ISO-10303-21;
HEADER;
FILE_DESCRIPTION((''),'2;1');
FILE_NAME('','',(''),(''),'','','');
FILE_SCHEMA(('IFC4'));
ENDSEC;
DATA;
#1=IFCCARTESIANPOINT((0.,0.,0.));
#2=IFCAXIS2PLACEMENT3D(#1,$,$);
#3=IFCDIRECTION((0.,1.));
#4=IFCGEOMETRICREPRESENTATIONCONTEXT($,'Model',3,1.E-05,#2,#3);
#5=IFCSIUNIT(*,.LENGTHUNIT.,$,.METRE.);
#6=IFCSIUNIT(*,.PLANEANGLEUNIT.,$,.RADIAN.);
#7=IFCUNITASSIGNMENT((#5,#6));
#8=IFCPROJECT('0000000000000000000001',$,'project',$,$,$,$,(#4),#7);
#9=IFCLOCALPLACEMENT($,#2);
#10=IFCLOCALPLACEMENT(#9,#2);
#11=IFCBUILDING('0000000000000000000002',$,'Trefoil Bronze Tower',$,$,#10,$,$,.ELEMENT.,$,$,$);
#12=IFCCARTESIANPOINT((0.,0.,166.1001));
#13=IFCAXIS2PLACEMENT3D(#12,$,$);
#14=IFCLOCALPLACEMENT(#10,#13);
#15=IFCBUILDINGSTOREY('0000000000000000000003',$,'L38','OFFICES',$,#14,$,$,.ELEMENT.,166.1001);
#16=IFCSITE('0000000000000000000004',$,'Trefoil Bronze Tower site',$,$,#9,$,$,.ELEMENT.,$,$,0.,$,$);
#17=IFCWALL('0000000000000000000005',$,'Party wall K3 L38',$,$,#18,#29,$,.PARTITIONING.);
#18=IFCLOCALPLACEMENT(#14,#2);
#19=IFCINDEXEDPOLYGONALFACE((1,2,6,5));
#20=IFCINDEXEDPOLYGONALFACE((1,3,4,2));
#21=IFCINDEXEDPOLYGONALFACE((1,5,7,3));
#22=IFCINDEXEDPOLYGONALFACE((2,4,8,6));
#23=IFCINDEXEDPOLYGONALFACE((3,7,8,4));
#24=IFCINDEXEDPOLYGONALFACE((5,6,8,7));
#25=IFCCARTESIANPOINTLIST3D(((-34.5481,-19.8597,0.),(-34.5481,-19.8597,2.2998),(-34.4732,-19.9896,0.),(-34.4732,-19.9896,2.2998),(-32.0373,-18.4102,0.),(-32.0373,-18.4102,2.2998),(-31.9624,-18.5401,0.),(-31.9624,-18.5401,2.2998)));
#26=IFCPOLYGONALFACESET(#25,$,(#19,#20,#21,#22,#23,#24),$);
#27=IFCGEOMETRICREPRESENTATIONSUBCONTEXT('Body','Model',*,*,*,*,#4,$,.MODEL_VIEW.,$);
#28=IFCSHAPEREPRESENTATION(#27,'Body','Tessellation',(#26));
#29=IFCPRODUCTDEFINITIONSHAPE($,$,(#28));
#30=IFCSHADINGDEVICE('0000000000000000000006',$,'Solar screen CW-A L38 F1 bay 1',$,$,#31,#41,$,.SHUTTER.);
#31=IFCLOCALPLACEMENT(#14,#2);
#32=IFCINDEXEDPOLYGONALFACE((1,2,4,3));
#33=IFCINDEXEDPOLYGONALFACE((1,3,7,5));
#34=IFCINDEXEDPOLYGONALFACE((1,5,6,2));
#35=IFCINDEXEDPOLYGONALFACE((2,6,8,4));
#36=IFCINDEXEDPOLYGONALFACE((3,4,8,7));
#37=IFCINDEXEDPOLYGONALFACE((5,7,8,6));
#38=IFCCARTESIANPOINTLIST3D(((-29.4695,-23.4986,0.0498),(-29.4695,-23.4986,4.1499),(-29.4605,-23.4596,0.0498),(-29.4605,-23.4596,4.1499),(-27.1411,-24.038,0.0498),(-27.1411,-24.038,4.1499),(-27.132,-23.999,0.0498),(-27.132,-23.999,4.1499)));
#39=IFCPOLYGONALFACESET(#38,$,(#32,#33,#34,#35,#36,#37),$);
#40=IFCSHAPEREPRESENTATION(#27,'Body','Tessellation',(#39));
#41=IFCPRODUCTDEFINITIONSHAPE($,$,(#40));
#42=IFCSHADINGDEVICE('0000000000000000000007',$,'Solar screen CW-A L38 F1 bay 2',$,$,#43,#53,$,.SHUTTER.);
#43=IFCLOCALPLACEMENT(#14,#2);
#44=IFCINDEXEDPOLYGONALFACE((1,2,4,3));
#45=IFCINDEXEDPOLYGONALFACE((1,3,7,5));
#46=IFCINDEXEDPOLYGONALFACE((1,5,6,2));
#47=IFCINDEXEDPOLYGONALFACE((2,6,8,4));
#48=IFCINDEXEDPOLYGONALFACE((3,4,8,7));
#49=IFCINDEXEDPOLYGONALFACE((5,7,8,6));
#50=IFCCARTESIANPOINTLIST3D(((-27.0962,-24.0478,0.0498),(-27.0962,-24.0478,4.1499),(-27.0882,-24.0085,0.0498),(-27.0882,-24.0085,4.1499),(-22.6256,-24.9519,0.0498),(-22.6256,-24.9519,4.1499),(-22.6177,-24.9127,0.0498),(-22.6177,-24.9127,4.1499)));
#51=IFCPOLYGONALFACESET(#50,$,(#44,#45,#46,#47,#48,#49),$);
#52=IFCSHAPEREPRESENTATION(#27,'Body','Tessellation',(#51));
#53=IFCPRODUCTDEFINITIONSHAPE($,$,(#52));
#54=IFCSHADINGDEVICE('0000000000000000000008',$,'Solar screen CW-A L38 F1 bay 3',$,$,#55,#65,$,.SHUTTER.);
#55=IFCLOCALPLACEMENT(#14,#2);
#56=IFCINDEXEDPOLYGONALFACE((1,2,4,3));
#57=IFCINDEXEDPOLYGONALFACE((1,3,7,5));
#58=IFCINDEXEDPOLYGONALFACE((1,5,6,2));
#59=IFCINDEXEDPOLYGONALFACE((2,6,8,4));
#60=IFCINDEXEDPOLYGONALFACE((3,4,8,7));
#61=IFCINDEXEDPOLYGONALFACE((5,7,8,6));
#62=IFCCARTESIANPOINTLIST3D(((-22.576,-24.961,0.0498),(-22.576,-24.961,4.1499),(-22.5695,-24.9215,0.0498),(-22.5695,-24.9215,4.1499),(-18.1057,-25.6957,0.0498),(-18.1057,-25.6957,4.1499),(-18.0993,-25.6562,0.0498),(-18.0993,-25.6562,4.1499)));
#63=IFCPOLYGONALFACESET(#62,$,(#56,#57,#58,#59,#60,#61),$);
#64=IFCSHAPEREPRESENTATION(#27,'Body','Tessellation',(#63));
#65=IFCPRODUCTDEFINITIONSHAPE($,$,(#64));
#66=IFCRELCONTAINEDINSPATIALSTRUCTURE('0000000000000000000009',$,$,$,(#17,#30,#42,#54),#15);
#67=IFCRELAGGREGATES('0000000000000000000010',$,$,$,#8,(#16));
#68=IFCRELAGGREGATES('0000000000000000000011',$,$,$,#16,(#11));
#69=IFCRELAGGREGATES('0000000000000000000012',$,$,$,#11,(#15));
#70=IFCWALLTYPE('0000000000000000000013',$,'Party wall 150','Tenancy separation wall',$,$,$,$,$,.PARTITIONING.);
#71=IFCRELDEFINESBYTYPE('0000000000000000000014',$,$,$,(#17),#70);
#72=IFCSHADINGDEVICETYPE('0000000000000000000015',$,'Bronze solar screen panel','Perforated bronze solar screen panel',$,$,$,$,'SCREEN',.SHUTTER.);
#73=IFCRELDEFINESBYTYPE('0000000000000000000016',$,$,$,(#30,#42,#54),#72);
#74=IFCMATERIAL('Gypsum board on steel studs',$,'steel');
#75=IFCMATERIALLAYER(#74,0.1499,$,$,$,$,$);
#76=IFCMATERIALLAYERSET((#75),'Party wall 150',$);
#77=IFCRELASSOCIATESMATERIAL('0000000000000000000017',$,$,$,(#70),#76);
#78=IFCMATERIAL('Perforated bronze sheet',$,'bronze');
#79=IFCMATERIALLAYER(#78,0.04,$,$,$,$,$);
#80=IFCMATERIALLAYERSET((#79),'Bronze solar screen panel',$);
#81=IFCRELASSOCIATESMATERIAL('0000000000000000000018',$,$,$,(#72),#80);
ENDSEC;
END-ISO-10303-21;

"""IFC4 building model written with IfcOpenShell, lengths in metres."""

from ifc_helpers import new_model, si_unit, direction, frame, frame_2d, origin, origin_2d, place, context, subcontext, project, spatial, rectangle, extrude, material, layer, layer_set, type_object, element, save


model = new_model("IFC4")

# Units and contexts
model_context = context("Model", 3, precision=1e-05, world=origin(), true_north=direction((0.0, 1.0)))
body_context = subcontext(model_context, "Body", "Model", "MODEL_VIEW")
ifc_project = project(units=[si_unit("LENGTHUNIT", "METRE"), si_unit("PLANEANGLEUNIT", "RADIAN")], contexts=[model_context])

# Site, building, storey
site_placement = place(None, origin())
site = spatial("IfcSite", under=ifc_project, at=site_placement, Name="Trefoil Bronze Tower site", CompositionType="ELEMENT", RefElevation=0.0)
building_placement = place(site_placement, origin())
building = spatial("IfcBuilding", under=site, at=building_placement, Name="Trefoil Bronze Tower", CompositionType="ELEMENT")
storey_placement = place(building_placement, frame((0.0, 0.0, 166.1001)))
storey = spatial("IfcBuildingStorey", under=building, at=storey_placement, Name="L38", Description="OFFICES", CompositionType="ELEMENT", Elevation=166.1001)

# Wall
ifc_material_1 = material(Name="Gypsum board on steel studs", Category="steel")
ifc_layer_1 = layer(ifc_material_1, 0.1499)
ifc_layer_set_1 = layer_set([ifc_layer_1], Name="Party wall 150")
wall_type_1 = type_object("IfcWallType", Name="Party wall 150", Description="Tenancy separation wall", PredefinedType="PARTITIONING", material=ifc_layer_set_1)
wall_1_placement = place(storey_placement, frame((-31.9998, -18.4751, 0.0), z_axis=(0.0, 0.0, 1.0), x_axis=(-0.866043, -0.49997, 0.0)))
element("IfcWall", 1, at=wall_1_placement, inside=storey, type_object=wall_type_1, Name="Party wall K3 L38", PredefinedType="PARTITIONING", context=body_context, shape_type="SweptSolid", body=[
    extrude(rectangle(XDim=2.8992, YDim=0.1499, at=frame_2d((1.4497, 0.0))), origin(), (0.0, 0.0, 1.0), 2.2998),
])

# Shading devices
ifc_material_2 = material(Name="Perforated bronze sheet", Category="bronze")
ifc_layer_2 = layer(ifc_material_2, 0.04)
ifc_layer_set_2 = layer_set([ifc_layer_2], Name="Bronze solar screen panel")
shading_device_type = type_object("IfcShadingDeviceType", Name="Bronze solar screen panel", Description="Perforated bronze solar screen panel", ElementType="SCREEN", PredefinedType="SHUTTER", material=ifc_layer_set_2)
shading_device_1_placement = place(storey_placement, frame((-28.3008, -23.7488, 0.0498), z_axis=(0.0, 0.0, 1.0), x_axis=(0.974204, -0.225667, 0.0)))
element("IfcShadingDevice", 2, at=shading_device_1_placement, inside=storey, type_object=shading_device_type, Name="Solar screen CW-A L38 F1 bay 1", PredefinedType="SHUTTER", context=body_context, shape_type="SweptSolid", body=[
    extrude(rectangle(XDim=2.3901, YDim=0.04, at=origin_2d()), origin(), (0.0, 0.0, 1.0), 4.1001),
])
shading_device_2_placement = place(storey_placement, frame((-24.8569, -24.4802, 0.0498), z_axis=(0.0, 0.0, 1.0), x_axis=(0.980155, -0.198232, 0.0)))
element("IfcShadingDevice", 3, at=shading_device_2_placement, inside=storey, type_object=shading_device_type, Name="Solar screen CW-A L38 F1 bay 2", PredefinedType="SHUTTER", context=body_context, shape_type="SweptSolid", body=[
    extrude(rectangle(XDim=4.561, YDim=0.04, at=origin_2d()), origin(), (0.0, 0.0, 1.0), 4.1001),
])
shading_device_3_placement = place(storey_placement, frame((-20.3376, -25.3086, 0.0498), z_axis=(0.0, 0.0, 1.0), x_axis=(0.98676, -0.162189, 0.0)))
element("IfcShadingDevice", 4, at=shading_device_3_placement, inside=storey, type_object=shading_device_type, Name="Solar screen CW-A L38 F1 bay 3", PredefinedType="SHUTTER", context=body_context, shape_type="SweptSolid", body=[
    extrude(rectangle(XDim=4.5303, YDim=0.04, at=origin_2d()), origin(), (0.0, 0.0, 1.0), 4.1001),
])

save(model, "model.ifc")
